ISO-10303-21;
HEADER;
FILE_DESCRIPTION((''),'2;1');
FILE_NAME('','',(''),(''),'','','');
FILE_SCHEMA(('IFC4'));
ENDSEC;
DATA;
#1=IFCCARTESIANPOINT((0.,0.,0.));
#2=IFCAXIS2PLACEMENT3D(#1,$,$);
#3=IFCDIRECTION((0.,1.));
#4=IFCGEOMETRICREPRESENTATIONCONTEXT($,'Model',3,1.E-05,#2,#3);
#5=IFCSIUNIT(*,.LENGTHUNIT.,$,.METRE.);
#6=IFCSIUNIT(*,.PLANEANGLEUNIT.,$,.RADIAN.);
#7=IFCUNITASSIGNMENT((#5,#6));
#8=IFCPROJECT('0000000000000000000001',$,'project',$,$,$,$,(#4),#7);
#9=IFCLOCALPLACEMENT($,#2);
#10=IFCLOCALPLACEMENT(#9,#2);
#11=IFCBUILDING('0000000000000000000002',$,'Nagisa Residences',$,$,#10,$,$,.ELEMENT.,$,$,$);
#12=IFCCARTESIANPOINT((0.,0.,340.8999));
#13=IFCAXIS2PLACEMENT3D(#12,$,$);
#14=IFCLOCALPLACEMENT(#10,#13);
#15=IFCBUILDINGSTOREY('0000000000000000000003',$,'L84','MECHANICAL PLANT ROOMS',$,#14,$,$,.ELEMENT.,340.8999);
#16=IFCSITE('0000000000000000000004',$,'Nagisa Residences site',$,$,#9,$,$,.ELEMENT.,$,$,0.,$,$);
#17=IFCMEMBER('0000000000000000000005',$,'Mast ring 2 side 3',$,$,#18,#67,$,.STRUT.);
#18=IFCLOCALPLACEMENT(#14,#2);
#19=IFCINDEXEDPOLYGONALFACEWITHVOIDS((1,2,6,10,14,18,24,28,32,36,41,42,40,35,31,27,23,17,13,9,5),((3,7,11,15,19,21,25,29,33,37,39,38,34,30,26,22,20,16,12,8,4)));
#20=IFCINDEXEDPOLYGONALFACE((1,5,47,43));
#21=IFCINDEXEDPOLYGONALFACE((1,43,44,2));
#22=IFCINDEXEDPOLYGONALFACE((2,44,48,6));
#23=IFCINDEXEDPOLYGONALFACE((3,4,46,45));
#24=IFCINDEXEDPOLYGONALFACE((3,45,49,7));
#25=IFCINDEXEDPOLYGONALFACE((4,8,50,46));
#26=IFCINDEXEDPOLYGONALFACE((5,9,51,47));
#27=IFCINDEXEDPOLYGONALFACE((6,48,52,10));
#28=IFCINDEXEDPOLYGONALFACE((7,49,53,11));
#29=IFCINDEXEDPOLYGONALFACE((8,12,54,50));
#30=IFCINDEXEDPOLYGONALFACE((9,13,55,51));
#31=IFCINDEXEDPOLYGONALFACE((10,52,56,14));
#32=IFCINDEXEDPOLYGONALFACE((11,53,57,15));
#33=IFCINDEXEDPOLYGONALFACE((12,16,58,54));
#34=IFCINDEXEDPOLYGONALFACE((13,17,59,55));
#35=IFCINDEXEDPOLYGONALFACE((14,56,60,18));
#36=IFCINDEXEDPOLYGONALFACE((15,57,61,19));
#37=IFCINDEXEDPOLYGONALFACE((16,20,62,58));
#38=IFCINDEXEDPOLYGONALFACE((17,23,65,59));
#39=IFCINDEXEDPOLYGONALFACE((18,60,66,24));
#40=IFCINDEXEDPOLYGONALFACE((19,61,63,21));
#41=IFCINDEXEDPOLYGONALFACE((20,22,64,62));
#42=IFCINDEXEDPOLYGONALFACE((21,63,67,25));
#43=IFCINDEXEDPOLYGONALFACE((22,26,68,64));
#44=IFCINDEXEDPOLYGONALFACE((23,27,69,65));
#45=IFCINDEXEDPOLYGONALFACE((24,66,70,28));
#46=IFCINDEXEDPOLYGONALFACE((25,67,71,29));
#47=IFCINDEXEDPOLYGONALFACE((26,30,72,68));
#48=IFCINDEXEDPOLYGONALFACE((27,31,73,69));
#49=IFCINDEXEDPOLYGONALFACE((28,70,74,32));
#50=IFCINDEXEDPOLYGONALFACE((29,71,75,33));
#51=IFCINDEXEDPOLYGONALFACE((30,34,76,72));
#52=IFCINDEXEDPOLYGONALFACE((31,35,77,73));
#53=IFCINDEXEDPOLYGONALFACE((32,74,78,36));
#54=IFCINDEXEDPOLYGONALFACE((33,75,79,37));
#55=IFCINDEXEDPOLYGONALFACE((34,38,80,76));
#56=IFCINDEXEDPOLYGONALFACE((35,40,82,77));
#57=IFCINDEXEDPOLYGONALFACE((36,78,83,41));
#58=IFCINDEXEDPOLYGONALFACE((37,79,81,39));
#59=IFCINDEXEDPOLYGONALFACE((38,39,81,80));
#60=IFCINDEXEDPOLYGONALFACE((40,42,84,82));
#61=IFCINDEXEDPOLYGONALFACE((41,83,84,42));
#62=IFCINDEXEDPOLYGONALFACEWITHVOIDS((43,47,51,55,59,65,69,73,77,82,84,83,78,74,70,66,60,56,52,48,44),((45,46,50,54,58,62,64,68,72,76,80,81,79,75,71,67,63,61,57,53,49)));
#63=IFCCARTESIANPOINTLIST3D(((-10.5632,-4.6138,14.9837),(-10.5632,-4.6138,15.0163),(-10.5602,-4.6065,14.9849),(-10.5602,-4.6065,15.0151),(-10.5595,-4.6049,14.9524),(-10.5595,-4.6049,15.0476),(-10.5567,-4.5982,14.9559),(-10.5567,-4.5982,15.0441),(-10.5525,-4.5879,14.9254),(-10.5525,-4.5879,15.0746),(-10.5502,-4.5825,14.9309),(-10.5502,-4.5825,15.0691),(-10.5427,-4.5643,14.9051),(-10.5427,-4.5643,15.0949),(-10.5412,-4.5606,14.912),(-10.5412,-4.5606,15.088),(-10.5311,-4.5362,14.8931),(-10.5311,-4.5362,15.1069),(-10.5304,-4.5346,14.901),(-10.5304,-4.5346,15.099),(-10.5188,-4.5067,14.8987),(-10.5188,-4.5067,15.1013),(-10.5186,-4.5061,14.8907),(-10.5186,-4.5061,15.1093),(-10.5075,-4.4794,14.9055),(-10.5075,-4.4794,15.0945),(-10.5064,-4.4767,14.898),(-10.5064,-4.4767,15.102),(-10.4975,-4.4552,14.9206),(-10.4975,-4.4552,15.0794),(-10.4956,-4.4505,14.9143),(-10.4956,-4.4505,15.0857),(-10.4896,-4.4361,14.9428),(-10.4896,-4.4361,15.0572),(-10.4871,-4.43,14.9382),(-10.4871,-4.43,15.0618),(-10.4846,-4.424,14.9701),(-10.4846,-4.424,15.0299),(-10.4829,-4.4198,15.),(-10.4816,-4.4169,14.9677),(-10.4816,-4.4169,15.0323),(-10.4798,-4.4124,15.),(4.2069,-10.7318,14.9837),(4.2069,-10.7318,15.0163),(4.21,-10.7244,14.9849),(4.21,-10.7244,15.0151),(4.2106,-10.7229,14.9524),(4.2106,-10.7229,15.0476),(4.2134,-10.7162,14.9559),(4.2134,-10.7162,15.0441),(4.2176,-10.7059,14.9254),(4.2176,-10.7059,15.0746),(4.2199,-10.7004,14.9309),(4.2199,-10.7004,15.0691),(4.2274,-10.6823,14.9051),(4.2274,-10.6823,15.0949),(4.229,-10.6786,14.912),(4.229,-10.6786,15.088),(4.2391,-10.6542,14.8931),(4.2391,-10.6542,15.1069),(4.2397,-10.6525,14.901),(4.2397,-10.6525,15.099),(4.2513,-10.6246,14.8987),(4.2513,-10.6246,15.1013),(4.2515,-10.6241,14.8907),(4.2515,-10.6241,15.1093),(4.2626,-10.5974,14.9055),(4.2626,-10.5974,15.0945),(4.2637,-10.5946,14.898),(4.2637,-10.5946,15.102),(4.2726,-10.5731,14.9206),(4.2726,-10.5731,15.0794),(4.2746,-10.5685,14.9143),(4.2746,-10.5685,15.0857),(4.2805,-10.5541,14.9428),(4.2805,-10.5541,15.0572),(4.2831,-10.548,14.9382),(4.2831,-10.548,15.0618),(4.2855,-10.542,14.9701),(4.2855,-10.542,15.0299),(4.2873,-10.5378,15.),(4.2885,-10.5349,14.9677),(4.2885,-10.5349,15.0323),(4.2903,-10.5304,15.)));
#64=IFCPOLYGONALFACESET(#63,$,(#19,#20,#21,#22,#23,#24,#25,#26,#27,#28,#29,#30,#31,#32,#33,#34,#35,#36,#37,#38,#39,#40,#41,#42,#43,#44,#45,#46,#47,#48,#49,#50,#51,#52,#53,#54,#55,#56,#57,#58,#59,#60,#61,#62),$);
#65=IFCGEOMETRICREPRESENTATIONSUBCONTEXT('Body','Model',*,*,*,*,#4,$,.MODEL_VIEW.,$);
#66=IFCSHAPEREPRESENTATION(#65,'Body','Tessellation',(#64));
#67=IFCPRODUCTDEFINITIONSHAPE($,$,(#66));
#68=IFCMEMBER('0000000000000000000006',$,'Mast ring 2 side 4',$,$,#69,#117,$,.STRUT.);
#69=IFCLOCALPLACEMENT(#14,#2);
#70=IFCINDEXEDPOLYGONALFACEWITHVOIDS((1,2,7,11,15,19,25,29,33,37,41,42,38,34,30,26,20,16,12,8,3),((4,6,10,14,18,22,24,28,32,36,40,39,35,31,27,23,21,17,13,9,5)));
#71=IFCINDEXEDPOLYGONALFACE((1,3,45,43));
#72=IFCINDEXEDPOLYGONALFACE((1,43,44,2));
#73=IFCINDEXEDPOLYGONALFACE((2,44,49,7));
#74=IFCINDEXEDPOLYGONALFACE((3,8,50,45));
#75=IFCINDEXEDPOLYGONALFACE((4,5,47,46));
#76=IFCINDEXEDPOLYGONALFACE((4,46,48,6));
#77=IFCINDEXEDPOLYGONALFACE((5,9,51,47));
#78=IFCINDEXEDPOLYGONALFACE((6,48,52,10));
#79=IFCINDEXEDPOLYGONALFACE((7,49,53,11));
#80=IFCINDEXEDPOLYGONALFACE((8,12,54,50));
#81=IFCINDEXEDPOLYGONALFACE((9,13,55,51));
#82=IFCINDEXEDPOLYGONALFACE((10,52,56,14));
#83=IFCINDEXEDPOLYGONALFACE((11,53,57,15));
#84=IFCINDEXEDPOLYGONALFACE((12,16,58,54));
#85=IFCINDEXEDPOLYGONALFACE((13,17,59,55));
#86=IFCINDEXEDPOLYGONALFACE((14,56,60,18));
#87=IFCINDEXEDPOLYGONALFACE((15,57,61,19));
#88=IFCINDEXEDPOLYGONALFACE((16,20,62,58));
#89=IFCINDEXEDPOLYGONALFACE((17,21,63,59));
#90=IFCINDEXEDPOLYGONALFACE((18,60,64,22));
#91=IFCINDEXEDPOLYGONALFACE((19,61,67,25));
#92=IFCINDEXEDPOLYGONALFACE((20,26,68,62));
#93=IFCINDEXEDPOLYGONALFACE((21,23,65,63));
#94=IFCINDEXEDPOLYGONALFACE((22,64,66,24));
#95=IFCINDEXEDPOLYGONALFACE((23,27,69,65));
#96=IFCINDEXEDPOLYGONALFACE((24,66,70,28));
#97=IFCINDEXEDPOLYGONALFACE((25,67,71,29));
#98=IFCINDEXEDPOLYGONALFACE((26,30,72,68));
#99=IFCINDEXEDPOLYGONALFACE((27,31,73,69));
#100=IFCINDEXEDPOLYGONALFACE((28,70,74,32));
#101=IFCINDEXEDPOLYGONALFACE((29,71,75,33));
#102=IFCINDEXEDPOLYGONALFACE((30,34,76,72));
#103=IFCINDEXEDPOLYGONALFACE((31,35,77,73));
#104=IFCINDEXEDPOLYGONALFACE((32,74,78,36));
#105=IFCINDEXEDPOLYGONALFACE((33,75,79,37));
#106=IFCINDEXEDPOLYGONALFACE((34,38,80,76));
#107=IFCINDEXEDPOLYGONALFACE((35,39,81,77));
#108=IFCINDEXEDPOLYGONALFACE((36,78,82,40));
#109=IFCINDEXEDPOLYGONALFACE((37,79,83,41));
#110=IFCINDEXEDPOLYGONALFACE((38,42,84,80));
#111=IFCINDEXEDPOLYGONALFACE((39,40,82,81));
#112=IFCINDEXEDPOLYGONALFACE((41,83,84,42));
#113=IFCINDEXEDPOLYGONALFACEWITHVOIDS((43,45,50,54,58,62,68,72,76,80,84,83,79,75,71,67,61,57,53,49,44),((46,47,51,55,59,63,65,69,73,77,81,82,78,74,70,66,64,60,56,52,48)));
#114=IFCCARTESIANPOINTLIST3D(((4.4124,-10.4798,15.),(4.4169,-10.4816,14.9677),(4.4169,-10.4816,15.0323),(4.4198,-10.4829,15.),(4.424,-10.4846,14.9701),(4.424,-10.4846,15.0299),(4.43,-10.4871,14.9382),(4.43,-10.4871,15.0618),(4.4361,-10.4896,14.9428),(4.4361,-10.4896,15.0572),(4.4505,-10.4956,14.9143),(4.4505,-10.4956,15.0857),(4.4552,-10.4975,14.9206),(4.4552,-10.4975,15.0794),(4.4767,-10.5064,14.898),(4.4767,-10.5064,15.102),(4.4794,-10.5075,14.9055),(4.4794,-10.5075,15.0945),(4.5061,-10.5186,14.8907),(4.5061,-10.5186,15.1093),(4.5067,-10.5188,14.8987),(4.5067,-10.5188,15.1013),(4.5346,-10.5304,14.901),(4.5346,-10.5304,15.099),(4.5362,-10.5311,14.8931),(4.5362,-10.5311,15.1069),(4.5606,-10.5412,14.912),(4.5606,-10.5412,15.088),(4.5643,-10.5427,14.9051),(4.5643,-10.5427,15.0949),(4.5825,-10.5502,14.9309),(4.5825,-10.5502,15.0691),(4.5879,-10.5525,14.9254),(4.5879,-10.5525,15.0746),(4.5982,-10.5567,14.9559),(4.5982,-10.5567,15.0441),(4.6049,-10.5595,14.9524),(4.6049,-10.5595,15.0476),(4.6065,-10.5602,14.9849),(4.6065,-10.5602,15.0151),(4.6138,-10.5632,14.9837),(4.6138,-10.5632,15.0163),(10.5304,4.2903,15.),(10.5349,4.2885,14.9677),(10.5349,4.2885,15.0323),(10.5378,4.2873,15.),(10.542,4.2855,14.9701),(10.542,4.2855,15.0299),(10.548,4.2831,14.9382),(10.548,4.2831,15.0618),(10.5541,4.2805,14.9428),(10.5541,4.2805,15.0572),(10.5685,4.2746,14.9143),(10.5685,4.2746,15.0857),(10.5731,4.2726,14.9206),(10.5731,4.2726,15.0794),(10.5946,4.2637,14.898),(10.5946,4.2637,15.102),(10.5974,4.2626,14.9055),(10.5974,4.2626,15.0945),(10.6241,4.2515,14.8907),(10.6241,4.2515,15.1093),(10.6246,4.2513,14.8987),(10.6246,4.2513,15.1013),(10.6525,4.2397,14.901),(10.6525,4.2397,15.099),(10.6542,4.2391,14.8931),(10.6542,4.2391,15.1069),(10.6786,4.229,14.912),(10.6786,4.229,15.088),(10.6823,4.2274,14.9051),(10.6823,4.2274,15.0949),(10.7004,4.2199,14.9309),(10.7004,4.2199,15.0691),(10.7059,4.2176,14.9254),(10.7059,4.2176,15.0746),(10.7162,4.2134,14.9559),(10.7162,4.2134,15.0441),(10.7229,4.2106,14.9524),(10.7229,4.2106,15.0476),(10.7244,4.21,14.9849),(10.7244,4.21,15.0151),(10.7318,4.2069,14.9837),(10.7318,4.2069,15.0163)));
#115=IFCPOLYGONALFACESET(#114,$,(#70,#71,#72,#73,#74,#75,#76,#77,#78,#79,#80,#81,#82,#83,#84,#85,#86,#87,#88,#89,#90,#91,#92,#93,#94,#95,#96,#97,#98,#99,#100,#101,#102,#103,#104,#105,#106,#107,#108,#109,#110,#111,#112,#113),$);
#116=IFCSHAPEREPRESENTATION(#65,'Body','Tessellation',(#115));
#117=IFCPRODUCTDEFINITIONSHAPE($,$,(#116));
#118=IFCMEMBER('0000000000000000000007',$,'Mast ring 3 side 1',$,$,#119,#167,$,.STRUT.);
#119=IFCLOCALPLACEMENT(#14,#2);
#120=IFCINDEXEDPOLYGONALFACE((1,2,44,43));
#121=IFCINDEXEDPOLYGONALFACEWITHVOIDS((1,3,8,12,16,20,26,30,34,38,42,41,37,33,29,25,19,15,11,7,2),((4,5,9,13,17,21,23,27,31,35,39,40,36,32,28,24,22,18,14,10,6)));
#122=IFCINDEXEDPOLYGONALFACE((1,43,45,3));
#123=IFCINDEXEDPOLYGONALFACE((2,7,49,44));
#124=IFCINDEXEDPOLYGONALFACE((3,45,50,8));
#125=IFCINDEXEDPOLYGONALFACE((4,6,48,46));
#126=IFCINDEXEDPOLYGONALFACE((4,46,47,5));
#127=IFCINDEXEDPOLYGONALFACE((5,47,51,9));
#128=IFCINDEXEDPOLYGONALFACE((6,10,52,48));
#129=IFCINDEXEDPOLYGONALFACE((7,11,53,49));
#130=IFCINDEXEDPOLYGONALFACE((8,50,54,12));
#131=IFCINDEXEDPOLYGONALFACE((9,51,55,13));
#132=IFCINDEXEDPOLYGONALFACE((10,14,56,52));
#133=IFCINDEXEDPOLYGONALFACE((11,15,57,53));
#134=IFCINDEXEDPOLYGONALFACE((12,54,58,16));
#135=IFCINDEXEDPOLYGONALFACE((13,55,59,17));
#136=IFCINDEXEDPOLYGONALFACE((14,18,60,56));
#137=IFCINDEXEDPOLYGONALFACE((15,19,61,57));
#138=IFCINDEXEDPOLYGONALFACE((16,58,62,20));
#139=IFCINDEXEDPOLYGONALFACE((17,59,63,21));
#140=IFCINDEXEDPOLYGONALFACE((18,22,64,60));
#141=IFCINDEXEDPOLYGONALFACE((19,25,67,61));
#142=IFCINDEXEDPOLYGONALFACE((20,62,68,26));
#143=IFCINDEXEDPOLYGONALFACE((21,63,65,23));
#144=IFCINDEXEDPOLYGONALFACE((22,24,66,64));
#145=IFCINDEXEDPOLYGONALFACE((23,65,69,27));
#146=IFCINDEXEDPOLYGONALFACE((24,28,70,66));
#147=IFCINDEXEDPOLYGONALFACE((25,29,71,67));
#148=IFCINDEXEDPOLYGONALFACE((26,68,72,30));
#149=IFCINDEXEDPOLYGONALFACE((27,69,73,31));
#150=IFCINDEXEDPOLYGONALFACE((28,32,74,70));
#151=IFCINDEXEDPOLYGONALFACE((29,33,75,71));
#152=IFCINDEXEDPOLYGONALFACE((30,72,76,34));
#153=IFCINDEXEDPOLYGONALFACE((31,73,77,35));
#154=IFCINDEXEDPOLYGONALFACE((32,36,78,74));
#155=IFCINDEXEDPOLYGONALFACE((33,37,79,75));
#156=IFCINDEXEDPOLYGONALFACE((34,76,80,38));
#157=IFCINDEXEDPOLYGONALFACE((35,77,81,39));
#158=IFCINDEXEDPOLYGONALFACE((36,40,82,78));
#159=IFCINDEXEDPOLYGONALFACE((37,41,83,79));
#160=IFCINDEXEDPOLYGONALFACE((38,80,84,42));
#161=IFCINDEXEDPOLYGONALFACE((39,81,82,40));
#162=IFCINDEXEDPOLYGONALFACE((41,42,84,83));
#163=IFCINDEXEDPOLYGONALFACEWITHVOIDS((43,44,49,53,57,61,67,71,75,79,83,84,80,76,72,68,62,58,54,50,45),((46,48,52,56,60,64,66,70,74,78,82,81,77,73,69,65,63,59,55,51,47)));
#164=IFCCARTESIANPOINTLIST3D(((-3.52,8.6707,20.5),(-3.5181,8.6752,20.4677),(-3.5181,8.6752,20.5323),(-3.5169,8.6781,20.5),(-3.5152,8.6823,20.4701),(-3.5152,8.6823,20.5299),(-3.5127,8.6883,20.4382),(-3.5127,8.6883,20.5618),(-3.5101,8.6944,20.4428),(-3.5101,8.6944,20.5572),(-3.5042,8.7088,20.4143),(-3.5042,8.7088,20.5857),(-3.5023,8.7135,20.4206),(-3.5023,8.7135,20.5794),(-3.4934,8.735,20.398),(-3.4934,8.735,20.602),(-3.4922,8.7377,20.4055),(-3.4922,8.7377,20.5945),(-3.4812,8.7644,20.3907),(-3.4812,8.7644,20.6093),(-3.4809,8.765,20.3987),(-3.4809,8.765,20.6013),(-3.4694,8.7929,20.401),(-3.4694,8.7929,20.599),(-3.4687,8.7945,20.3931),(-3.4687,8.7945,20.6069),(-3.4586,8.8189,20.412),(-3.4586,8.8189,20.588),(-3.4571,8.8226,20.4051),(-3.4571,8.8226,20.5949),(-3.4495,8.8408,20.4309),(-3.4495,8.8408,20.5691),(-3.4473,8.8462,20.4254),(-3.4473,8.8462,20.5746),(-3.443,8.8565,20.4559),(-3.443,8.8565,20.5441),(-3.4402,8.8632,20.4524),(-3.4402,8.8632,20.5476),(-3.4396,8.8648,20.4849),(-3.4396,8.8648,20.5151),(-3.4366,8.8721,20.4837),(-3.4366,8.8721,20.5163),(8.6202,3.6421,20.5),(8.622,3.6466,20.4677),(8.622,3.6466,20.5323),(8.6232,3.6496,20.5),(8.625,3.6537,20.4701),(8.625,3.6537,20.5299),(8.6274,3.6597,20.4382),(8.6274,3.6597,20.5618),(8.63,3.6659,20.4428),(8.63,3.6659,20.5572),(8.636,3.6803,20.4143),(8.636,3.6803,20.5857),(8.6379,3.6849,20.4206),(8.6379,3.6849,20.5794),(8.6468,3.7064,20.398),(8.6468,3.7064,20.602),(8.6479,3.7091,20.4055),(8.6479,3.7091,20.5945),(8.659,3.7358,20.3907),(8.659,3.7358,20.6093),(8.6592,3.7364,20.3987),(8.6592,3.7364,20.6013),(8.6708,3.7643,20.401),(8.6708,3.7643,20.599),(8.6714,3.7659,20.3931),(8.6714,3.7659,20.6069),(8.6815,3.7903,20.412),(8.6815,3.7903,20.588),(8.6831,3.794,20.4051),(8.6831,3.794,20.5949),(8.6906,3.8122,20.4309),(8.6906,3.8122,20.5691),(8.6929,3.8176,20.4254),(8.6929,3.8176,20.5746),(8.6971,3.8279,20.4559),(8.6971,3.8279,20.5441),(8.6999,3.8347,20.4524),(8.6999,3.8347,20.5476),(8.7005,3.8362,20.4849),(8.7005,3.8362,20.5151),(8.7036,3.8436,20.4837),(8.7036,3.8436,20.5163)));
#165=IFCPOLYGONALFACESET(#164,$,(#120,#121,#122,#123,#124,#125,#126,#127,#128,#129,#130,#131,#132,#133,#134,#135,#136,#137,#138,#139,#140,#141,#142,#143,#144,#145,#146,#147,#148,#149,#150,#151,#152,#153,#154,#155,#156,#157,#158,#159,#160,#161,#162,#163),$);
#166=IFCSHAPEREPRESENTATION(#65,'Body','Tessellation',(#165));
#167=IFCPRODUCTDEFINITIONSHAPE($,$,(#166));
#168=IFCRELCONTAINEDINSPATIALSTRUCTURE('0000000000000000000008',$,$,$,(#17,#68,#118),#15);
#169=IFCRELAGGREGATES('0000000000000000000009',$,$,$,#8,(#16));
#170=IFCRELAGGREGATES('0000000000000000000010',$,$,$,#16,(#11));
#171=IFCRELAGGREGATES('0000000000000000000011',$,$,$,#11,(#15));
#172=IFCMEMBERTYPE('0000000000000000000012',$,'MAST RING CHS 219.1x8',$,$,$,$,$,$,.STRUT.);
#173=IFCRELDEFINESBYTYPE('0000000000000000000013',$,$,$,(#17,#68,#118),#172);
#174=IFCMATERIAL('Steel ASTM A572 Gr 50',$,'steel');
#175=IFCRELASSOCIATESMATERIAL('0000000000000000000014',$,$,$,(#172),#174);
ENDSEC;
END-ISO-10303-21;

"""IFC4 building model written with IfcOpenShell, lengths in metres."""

from ifc_helpers import new_model, si_unit, direction, frame, origin, origin_2d, place, context, subcontext, project, spatial, hollow_circle, extrude, material, material_profile, profile_set, type_object, element, save


model = new_model("IFC4")

# Units and contexts
model_context = context("Model", 3, precision=1e-05, world=origin(), true_north=direction((0.0, 1.0)))
body_context = subcontext(model_context, "Body", "Model", "MODEL_VIEW")
ifc_project = project(units=[si_unit("LENGTHUNIT", "METRE"), si_unit("PLANEANGLEUNIT", "RADIAN")], contexts=[model_context])

# Site, building, storey
site_placement = place(None, origin())
site = spatial("IfcSite", under=ifc_project, at=site_placement, Name="Nagisa Residences site", CompositionType="ELEMENT", RefElevation=0.0)
building_placement = place(site_placement, origin())
building = spatial("IfcBuilding", under=site, at=building_placement, Name="Nagisa Residences", CompositionType="ELEMENT")
storey_placement = place(building_placement, frame((0.0, 0.0, 340.8999)))
storey = spatial("IfcBuildingStorey", under=building, at=storey_placement, Name="L84", Description="MECHANICAL PLANT ROOMS", CompositionType="ELEMENT", Elevation=340.8999)

# Members
ifc_material_1 = material(Name="Steel ASTM A572 Gr 50", Category="steel")
ifc_material_profile_1 = material_profile(ifc_material_1, hollow_circle(Radius=0.1096, WallThickness=0.0081, at=origin_2d()), Name="MAST RING CHS 219.1x8")
ifc_profile_set_1 = profile_set([ifc_material_profile_1], Name="Steel ASTM A572 Gr 50")
member_type_1 = type_object("IfcMemberType", Name="MAST RING CHS 219.1x8", PredefinedType="STRUT", material=ifc_profile_set_1)
for number, where, z_axis, x_axis, name in (
    (1, (-10.5217, -4.5137, 15.0), (0.92388, -0.382682, 0.0), (0.382682, 0.92388, 0.0), "Mast ring 2 side 3"),
    (2, (4.5137, -10.5217, 15.0), (0.382682, 0.92388, 0.0), (-0.92388, 0.382682, 0.0), "Mast ring 2 side 4"),
):
    element("IfcMember", number, at=place(storey_placement, frame(where, z_axis=z_axis, x_axis=x_axis)), inside=storey, type_object=member_type_1, Name=name, PredefinedType="STRUT", context=body_context, shape_type="SweptSolid", body=[
        extrude(hollow_circle(Radius=0.1096, WallThickness=0.0081, at=origin_2d()), origin(), (0.0, 0.0, 1.0), 15.9871),
    ])
for number, where, z_axis, x_axis, name in (
    (3, (8.6621, 3.7434, 20.5), (-0.923881, 0.382681, 0.0), (-0.382681, -0.923881, 0.0), "Mast ring 3 side 1"),
):
    element("IfcMember", number, at=place(storey_placement, frame(where, z_axis=z_axis, x_axis=x_axis)), inside=storey, type_object=member_type_1, Name=name, PredefinedType="STRUT", context=body_context, shape_type="SweptSolid", body=[
        extrude(hollow_circle(Radius=0.1096, WallThickness=0.0081, at=origin_2d()), origin(), (0.0, 0.0, 1.0), 13.1404),
    ])

save(model, "model.ifc")
